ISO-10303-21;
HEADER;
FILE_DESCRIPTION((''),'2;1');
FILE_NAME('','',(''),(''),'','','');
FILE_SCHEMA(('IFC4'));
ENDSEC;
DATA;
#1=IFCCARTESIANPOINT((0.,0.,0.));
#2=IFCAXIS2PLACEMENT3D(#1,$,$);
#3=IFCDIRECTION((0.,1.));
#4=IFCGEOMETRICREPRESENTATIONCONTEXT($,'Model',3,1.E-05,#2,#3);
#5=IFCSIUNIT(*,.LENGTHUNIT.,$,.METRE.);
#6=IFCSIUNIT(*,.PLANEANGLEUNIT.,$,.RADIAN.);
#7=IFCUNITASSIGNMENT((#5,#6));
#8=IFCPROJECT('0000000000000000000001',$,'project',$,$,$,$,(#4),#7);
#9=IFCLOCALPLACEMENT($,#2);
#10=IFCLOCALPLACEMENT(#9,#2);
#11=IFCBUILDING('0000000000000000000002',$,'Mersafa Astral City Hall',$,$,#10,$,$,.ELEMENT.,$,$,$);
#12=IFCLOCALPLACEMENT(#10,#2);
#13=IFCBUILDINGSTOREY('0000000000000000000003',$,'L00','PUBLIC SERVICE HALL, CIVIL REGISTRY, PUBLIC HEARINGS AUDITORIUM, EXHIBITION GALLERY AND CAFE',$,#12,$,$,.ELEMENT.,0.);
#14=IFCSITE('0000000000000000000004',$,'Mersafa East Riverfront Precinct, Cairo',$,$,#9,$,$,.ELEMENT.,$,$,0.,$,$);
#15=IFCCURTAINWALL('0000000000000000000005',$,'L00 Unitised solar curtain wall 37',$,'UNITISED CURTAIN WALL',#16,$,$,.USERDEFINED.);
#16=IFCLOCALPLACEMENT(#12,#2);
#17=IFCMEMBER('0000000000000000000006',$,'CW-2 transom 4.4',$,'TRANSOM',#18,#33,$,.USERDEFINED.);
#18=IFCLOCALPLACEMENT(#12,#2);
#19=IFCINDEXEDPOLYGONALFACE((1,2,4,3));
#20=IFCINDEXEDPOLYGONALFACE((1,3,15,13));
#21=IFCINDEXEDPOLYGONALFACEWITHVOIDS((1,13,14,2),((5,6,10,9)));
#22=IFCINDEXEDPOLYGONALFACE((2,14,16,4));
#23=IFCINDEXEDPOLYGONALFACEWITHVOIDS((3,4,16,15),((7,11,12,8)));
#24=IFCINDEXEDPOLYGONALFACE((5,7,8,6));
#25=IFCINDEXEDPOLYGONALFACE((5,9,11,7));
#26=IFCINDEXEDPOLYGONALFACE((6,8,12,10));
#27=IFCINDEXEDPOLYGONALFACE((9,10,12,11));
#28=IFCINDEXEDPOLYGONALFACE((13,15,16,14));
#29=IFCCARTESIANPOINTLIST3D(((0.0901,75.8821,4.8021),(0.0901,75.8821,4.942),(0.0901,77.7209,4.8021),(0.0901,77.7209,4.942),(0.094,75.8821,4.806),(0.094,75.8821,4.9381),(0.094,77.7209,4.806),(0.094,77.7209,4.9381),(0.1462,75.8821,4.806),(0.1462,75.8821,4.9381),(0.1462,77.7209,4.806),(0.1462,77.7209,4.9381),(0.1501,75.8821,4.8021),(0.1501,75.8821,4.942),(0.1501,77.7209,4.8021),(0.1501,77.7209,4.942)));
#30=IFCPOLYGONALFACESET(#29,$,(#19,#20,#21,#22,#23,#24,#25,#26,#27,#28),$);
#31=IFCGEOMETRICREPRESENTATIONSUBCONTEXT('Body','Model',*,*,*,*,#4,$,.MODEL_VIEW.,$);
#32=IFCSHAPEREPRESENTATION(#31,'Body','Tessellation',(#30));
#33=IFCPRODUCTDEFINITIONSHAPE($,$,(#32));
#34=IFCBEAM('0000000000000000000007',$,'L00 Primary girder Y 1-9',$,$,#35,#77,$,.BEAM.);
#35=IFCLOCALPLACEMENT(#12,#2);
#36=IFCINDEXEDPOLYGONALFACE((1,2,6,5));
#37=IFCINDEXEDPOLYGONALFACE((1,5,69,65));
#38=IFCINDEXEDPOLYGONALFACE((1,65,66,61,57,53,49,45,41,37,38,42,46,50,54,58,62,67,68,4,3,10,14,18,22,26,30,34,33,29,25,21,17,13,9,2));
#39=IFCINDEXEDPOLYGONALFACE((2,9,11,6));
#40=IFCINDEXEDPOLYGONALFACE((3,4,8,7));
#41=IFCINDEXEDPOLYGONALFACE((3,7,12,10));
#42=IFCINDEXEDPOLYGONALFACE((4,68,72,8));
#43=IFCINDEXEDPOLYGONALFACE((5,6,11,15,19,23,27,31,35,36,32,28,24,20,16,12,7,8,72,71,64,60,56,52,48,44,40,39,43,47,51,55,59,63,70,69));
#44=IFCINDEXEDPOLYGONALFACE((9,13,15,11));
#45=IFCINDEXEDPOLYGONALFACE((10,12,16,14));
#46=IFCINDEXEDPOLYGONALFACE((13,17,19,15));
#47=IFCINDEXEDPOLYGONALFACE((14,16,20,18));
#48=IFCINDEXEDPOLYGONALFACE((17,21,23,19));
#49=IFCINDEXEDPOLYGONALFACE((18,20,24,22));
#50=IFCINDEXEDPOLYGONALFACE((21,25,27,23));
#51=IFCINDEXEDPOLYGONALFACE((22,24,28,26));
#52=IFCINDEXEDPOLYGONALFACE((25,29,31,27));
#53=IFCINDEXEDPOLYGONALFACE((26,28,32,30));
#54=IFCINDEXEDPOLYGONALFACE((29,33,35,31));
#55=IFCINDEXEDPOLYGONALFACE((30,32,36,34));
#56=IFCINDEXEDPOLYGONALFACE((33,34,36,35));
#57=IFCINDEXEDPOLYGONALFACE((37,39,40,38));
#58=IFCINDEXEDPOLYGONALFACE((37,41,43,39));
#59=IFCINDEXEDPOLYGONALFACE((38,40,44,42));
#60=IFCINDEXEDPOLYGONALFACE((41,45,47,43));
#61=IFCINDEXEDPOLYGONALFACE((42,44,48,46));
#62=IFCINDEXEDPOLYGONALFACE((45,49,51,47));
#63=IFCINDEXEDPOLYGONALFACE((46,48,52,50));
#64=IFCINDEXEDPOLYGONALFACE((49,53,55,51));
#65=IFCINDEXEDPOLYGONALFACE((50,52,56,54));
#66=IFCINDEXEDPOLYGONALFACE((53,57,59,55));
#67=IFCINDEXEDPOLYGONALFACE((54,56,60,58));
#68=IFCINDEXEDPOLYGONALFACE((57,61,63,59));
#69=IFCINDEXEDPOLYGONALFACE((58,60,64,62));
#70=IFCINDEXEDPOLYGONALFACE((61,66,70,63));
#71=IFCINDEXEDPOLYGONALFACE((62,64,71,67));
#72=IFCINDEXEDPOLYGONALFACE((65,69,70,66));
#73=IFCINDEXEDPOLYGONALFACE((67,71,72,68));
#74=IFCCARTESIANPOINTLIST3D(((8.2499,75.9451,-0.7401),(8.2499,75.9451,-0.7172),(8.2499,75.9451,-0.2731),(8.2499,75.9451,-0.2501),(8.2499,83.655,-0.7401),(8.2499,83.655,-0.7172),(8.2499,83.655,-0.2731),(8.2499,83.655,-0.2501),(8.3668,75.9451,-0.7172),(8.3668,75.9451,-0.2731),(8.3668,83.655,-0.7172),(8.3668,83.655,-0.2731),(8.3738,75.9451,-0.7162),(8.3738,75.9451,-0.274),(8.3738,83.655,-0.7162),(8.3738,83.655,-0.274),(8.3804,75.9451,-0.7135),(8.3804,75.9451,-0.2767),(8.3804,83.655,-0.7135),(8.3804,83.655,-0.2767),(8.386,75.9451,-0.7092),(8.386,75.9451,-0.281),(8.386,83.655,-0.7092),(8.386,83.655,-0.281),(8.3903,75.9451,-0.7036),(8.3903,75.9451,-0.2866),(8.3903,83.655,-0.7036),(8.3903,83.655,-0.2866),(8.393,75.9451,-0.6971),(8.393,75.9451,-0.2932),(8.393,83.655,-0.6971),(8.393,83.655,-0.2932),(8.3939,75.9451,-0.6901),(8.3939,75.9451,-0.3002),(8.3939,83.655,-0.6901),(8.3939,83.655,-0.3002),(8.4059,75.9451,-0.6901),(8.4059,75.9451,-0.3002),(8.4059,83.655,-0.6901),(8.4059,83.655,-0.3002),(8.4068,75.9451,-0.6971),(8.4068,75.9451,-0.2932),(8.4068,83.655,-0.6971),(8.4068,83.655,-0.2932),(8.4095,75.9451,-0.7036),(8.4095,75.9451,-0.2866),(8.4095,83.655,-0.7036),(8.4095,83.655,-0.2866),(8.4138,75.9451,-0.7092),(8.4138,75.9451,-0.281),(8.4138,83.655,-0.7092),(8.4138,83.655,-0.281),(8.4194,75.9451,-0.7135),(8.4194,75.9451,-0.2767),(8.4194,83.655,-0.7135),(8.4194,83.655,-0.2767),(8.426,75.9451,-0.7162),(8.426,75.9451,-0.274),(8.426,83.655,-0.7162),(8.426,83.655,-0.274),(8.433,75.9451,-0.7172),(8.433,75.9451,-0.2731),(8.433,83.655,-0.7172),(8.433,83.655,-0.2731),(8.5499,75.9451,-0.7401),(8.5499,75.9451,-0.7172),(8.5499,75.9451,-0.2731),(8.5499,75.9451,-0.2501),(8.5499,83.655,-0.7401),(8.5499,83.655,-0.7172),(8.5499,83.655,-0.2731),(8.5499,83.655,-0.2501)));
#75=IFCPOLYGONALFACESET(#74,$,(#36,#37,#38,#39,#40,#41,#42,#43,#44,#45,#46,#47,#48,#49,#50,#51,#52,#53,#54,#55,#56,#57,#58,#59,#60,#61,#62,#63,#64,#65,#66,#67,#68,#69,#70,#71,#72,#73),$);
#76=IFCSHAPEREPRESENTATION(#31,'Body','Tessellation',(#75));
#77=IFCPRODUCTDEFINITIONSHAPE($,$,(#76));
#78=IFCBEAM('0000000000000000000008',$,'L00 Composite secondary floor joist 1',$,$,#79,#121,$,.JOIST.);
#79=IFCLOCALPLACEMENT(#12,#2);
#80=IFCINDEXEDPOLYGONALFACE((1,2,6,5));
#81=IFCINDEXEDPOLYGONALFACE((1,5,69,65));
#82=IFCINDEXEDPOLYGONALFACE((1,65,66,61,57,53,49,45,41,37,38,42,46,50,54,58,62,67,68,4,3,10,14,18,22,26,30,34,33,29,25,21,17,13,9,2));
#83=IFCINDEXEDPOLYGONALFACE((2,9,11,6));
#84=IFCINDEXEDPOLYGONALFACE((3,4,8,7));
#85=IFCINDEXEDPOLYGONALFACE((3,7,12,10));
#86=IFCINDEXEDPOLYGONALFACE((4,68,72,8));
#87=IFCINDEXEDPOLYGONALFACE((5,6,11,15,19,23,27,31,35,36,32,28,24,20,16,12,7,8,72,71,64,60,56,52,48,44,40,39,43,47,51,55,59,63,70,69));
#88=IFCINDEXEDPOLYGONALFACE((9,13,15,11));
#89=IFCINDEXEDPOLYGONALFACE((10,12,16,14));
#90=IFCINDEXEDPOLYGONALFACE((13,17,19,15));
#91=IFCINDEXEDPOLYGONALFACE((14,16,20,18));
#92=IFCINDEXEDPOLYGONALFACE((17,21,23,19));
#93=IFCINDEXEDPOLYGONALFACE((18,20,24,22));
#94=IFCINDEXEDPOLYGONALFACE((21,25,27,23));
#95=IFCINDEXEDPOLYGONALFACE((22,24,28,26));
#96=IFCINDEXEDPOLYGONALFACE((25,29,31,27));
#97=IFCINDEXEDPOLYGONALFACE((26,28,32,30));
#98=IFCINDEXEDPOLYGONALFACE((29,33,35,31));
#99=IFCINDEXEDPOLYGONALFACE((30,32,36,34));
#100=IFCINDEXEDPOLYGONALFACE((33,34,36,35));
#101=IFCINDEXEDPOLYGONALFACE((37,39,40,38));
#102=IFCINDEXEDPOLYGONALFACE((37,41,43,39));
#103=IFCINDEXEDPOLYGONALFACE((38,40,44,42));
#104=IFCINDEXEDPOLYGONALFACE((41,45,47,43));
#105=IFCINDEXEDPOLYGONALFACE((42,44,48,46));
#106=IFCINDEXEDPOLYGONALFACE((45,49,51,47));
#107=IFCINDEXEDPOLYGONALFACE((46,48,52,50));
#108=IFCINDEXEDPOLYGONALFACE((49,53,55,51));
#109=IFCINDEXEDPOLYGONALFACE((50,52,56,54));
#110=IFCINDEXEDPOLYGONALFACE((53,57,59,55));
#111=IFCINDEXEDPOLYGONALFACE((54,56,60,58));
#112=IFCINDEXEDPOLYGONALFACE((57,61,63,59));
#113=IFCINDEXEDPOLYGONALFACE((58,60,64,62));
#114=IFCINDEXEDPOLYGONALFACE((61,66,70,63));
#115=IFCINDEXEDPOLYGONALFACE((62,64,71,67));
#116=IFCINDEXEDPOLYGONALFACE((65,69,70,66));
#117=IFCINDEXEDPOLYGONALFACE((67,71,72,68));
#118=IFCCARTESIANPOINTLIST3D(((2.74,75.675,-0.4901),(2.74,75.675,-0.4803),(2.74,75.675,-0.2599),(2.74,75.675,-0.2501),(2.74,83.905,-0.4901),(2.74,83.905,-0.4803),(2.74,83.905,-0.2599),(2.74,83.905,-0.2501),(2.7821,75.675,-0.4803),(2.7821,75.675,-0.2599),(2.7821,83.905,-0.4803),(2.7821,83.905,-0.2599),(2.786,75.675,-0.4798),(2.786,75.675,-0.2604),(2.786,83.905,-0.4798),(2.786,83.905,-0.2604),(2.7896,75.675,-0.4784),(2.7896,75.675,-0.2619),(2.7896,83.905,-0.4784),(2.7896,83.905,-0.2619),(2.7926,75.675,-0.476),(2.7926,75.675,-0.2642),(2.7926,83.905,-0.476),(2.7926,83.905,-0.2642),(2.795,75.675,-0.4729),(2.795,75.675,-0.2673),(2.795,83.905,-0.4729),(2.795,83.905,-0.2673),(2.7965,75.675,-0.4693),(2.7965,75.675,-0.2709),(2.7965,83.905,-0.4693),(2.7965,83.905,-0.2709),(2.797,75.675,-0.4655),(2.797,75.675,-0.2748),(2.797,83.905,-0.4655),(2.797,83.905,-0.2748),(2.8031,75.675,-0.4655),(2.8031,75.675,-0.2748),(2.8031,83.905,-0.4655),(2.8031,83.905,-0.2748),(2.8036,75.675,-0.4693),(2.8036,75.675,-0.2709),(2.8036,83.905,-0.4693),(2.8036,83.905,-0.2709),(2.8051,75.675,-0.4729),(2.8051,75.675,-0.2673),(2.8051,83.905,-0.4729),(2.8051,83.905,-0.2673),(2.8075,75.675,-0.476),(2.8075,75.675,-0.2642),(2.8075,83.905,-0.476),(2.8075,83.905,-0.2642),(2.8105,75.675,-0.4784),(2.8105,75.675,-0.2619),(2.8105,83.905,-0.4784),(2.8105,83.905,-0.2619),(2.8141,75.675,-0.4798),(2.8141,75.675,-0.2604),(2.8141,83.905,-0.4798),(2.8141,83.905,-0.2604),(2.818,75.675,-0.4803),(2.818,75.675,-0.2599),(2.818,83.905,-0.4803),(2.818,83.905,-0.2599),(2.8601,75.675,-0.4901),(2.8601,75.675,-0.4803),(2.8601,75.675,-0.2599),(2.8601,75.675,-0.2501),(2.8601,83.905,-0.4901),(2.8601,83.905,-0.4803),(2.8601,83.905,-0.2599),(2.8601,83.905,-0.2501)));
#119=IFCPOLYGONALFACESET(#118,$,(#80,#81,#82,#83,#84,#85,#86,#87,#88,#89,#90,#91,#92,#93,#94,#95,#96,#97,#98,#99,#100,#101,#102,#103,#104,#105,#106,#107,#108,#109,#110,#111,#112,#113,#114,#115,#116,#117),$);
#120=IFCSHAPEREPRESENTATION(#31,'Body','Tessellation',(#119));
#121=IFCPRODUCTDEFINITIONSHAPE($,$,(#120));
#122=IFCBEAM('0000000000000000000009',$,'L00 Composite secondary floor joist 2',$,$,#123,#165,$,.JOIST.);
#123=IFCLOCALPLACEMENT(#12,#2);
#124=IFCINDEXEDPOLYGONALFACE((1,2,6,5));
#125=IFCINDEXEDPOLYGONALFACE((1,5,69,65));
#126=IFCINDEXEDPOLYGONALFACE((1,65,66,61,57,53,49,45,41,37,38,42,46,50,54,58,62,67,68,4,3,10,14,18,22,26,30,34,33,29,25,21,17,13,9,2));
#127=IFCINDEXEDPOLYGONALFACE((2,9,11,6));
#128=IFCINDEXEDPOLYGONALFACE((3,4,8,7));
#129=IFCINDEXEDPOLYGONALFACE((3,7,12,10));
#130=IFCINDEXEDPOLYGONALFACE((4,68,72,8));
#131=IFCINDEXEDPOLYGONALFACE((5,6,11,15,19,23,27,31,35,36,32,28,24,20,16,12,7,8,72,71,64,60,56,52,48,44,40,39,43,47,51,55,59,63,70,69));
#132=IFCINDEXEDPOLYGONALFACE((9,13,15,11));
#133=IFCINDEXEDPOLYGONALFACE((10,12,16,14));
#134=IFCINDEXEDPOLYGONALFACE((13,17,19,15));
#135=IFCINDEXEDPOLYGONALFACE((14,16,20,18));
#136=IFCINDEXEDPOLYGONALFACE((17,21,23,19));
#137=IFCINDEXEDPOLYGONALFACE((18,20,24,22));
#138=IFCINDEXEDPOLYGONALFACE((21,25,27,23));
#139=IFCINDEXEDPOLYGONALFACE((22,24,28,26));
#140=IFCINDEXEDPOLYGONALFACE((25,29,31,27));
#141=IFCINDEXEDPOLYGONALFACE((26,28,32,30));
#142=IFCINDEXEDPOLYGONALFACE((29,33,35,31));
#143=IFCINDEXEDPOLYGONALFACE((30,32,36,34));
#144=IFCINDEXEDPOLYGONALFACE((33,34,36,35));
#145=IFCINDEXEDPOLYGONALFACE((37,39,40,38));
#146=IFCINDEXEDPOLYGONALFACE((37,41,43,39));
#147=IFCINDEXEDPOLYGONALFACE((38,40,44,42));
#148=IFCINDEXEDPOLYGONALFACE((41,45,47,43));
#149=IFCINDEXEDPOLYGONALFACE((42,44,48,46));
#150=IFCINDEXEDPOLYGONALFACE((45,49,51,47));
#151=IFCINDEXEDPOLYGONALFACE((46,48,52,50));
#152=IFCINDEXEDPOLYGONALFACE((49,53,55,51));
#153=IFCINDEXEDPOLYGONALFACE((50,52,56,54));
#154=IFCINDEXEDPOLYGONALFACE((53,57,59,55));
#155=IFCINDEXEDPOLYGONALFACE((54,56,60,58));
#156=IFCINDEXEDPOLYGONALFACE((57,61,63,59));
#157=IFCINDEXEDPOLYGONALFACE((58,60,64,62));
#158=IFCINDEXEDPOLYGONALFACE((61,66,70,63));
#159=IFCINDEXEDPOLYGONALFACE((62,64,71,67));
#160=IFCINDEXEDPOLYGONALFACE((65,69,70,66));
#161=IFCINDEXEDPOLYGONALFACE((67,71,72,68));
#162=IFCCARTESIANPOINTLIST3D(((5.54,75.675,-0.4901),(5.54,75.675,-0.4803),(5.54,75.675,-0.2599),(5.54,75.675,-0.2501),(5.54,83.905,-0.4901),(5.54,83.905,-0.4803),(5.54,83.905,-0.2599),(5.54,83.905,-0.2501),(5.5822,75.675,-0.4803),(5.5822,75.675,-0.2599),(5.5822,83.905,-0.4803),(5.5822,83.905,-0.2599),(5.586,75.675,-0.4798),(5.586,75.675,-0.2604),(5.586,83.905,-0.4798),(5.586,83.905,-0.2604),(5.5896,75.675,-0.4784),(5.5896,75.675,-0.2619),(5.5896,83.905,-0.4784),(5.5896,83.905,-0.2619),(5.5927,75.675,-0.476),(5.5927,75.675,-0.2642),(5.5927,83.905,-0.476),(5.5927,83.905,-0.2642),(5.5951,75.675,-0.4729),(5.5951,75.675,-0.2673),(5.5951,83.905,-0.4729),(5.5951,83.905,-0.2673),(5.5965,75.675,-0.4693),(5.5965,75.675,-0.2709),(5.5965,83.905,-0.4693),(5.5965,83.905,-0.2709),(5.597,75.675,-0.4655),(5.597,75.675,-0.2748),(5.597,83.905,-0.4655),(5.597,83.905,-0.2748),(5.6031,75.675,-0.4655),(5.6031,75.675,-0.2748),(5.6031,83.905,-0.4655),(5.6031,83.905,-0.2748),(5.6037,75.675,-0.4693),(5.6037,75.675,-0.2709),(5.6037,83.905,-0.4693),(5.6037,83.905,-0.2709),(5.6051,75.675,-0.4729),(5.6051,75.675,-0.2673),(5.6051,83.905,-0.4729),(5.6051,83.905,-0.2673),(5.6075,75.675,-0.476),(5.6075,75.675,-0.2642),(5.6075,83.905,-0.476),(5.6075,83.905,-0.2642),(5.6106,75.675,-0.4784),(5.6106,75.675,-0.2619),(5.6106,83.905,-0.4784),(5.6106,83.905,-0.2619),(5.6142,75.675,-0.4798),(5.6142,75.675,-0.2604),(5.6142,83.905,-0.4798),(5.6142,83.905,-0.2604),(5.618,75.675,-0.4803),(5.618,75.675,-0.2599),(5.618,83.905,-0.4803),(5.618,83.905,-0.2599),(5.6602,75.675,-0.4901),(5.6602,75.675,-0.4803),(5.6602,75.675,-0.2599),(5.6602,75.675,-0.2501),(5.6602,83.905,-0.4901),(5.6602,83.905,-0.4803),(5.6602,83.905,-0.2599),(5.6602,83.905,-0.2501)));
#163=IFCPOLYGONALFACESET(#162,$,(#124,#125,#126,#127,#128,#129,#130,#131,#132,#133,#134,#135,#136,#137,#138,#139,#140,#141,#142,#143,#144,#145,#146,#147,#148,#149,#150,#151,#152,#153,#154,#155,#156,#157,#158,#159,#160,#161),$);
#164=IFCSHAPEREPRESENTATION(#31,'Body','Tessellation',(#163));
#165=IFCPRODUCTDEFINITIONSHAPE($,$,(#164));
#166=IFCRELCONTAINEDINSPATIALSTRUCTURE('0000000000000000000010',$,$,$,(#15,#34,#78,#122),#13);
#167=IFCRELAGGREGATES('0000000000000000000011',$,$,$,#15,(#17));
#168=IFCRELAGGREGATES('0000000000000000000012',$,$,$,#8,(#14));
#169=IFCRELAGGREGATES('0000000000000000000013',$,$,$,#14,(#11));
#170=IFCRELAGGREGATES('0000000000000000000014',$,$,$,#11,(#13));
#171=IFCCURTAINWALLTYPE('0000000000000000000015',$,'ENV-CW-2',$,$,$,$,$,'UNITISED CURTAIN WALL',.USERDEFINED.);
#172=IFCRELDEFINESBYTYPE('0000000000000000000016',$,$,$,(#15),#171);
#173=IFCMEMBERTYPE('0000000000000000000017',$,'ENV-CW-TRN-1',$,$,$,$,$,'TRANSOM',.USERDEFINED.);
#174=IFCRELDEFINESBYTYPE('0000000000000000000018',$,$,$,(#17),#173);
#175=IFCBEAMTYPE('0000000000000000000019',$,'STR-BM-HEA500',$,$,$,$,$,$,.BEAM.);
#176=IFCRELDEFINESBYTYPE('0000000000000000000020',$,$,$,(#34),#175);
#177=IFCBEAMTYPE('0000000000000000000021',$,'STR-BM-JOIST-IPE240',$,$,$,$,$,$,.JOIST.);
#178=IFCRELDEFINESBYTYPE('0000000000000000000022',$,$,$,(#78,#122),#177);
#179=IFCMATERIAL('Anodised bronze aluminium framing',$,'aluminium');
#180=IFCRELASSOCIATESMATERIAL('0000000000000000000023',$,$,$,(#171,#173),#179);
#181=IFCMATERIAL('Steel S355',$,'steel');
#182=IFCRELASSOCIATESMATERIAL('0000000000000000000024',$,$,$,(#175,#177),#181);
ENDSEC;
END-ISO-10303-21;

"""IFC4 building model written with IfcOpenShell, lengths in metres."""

from ifc_helpers import new_model, si_unit, direction, frame, origin, origin_2d, place, context, subcontext, project, spatial, hollow_rectangle, i_section, extrude, material, material_profile, profile_set, type_object, element, aggregate, save


model = new_model("IFC4")

# Units and contexts
model_context = context("Model", 3, precision=1e-05, world=origin(), true_north=direction((0.0, 1.0)))
body_context = subcontext(model_context, "Body", "Model", "MODEL_VIEW")
ifc_project = project(units=[si_unit("LENGTHUNIT", "METRE"), si_unit("PLANEANGLEUNIT", "RADIAN")], contexts=[model_context])

# Site, building, storey
site_placement = place(None, origin())
site = spatial("IfcSite", under=ifc_project, at=site_placement, Name="Mersafa East Riverfront Precinct, Cairo", CompositionType="ELEMENT", RefElevation=0.0)
building_placement = place(site_placement, origin())
building = spatial("IfcBuilding", under=site, at=building_placement, Name="Mersafa Astral City Hall", CompositionType="ELEMENT")
storey_placement = place(building_placement, origin())
storey = spatial("IfcBuildingStorey", under=building, at=storey_placement, Name="L00", Description="PUBLIC SERVICE HALL, CIVIL REGISTRY, PUBLIC HEARINGS AUDITORIUM, EXHIBITION GALLERY AND CAFE", CompositionType="ELEMENT", Elevation=0.0)

# Shared definitions
ifc_material_1 = material(Name="Steel S355", Category="steel")

# Curtain wall, member
ifc_material_2 = material(Name="Anodised bronze aluminium framing", Category="aluminium")
curtain_wall_type = type_object("IfcCurtainWallType", Name="ENV-CW-2", ElementType="UNITISED CURTAIN WALL", PredefinedType="USERDEFINED", material=ifc_material_2)
curtain_wall_placement = place(storey_placement, origin())
curtain_wall = element("IfcCurtainWall", 1, at=curtain_wall_placement, inside=storey, type_object=curtain_wall_type, Name="L00 Unitised solar curtain wall 37", ObjectType="UNITISED CURTAIN WALL", PredefinedType="USERDEFINED")
ifc_material_profile_1 = material_profile(ifc_material_2, hollow_rectangle(XDim=0.0601, YDim=0.1399, WallThickness=0.0039, at=origin_2d()), Name="RHS 60x140x4")
ifc_profile_set_1 = profile_set([ifc_material_profile_1], Name="Anodised bronze aluminium framing")
member_type_1 = type_object("IfcMemberType", Name="ENV-CW-TRN-1", ElementType="TRANSOM", PredefinedType="USERDEFINED", material=ifc_profile_set_1)
member_1_placement = place(storey_placement, frame((0.1201, 77.7209, 4.8721), z_axis=(0.0, -1.0, 0.0), x_axis=(1.0, 0.0, 0.0)))
member_1 = element("IfcMember", 2, at=member_1_placement, type_object=member_type_1, Name="CW-2 transom 4.4", ObjectType="TRANSOM", PredefinedType="USERDEFINED", context=body_context, shape_type="SweptSolid", body=[
    extrude(hollow_rectangle(XDim=0.0601, YDim=0.1399, WallThickness=0.0039, at=origin_2d()), origin(), (0.0, 0.0, 1.0), 1.8389),
])

# Beams
ifc_material_profile_2 = material_profile(ifc_material_1, i_section(OverallWidth=0.3, OverallDepth=0.49, WebThickness=0.012, FlangeThickness=0.0229, FilletRadius=0.0271, at=origin_2d()), Name="HEA 500")
ifc_profile_set_2 = profile_set([ifc_material_profile_2], Name="Steel S355")
beam_type_1 = type_object("IfcBeamType", Name="STR-BM-HEA500", PredefinedType="BEAM", material=ifc_profile_set_2)
beam_1_placement = place(storey_placement, frame((8.3999, 75.9451, -0.4951), z_axis=(0.0, 1.0, 0.0), x_axis=(-1.0, 0.0, 0.0)))
element("IfcBeam", 3, at=beam_1_placement, inside=storey, type_object=beam_type_1, Name="L00 Primary girder Y 1-9", PredefinedType="BEAM", context=body_context, shape_type="SweptSolid", body=[
    extrude(i_section(OverallWidth=0.3, OverallDepth=0.49, WebThickness=0.012, FlangeThickness=0.0229, FilletRadius=0.0271, at=origin_2d()), origin(), (0.0, 0.0, 1.0), 7.71),
])
ifc_material_profile_3 = material_profile(ifc_material_1, i_section(OverallWidth=0.1201, OverallDepth=0.24, WebThickness=0.0061, FlangeThickness=0.0098, FilletRadius=0.0149, at=origin_2d()), Name="IPE 240")
ifc_profile_set_3 = profile_set([ifc_material_profile_3], Name="Steel S355")
beam_type_2 = type_object("IfcBeamType", Name="STR-BM-JOIST-IPE240", PredefinedType="JOIST", material=ifc_profile_set_3)
for number, where, z_axis, x_axis, name in (
    (4, (2.8, 75.675, -0.3701), (0.0, 1.0, 0.0), (-1.0, 0.0, 0.0), "L00 Composite secondary floor joist 1"),
    (5, (5.6001, 75.675, -0.3701), (0.0, 1.0, 0.0), (-1.0, 0.0, 0.0), "L00 Composite secondary floor joist 2"),
):
    element("IfcBeam", number, at=place(storey_placement, frame(where, z_axis=z_axis, x_axis=x_axis)), inside=storey, type_object=beam_type_2, Name=name, PredefinedType="JOIST", context=body_context, shape_type="SweptSolid", body=[
        extrude(i_section(OverallWidth=0.1201, OverallDepth=0.24, WebThickness=0.0061, FlangeThickness=0.0098, FilletRadius=0.0149, at=origin_2d()), origin(), (0.0, 0.0, 1.0), 8.23),
    ])

aggregate(curtain_wall, [member_1])

save(model, "model.ifc")
